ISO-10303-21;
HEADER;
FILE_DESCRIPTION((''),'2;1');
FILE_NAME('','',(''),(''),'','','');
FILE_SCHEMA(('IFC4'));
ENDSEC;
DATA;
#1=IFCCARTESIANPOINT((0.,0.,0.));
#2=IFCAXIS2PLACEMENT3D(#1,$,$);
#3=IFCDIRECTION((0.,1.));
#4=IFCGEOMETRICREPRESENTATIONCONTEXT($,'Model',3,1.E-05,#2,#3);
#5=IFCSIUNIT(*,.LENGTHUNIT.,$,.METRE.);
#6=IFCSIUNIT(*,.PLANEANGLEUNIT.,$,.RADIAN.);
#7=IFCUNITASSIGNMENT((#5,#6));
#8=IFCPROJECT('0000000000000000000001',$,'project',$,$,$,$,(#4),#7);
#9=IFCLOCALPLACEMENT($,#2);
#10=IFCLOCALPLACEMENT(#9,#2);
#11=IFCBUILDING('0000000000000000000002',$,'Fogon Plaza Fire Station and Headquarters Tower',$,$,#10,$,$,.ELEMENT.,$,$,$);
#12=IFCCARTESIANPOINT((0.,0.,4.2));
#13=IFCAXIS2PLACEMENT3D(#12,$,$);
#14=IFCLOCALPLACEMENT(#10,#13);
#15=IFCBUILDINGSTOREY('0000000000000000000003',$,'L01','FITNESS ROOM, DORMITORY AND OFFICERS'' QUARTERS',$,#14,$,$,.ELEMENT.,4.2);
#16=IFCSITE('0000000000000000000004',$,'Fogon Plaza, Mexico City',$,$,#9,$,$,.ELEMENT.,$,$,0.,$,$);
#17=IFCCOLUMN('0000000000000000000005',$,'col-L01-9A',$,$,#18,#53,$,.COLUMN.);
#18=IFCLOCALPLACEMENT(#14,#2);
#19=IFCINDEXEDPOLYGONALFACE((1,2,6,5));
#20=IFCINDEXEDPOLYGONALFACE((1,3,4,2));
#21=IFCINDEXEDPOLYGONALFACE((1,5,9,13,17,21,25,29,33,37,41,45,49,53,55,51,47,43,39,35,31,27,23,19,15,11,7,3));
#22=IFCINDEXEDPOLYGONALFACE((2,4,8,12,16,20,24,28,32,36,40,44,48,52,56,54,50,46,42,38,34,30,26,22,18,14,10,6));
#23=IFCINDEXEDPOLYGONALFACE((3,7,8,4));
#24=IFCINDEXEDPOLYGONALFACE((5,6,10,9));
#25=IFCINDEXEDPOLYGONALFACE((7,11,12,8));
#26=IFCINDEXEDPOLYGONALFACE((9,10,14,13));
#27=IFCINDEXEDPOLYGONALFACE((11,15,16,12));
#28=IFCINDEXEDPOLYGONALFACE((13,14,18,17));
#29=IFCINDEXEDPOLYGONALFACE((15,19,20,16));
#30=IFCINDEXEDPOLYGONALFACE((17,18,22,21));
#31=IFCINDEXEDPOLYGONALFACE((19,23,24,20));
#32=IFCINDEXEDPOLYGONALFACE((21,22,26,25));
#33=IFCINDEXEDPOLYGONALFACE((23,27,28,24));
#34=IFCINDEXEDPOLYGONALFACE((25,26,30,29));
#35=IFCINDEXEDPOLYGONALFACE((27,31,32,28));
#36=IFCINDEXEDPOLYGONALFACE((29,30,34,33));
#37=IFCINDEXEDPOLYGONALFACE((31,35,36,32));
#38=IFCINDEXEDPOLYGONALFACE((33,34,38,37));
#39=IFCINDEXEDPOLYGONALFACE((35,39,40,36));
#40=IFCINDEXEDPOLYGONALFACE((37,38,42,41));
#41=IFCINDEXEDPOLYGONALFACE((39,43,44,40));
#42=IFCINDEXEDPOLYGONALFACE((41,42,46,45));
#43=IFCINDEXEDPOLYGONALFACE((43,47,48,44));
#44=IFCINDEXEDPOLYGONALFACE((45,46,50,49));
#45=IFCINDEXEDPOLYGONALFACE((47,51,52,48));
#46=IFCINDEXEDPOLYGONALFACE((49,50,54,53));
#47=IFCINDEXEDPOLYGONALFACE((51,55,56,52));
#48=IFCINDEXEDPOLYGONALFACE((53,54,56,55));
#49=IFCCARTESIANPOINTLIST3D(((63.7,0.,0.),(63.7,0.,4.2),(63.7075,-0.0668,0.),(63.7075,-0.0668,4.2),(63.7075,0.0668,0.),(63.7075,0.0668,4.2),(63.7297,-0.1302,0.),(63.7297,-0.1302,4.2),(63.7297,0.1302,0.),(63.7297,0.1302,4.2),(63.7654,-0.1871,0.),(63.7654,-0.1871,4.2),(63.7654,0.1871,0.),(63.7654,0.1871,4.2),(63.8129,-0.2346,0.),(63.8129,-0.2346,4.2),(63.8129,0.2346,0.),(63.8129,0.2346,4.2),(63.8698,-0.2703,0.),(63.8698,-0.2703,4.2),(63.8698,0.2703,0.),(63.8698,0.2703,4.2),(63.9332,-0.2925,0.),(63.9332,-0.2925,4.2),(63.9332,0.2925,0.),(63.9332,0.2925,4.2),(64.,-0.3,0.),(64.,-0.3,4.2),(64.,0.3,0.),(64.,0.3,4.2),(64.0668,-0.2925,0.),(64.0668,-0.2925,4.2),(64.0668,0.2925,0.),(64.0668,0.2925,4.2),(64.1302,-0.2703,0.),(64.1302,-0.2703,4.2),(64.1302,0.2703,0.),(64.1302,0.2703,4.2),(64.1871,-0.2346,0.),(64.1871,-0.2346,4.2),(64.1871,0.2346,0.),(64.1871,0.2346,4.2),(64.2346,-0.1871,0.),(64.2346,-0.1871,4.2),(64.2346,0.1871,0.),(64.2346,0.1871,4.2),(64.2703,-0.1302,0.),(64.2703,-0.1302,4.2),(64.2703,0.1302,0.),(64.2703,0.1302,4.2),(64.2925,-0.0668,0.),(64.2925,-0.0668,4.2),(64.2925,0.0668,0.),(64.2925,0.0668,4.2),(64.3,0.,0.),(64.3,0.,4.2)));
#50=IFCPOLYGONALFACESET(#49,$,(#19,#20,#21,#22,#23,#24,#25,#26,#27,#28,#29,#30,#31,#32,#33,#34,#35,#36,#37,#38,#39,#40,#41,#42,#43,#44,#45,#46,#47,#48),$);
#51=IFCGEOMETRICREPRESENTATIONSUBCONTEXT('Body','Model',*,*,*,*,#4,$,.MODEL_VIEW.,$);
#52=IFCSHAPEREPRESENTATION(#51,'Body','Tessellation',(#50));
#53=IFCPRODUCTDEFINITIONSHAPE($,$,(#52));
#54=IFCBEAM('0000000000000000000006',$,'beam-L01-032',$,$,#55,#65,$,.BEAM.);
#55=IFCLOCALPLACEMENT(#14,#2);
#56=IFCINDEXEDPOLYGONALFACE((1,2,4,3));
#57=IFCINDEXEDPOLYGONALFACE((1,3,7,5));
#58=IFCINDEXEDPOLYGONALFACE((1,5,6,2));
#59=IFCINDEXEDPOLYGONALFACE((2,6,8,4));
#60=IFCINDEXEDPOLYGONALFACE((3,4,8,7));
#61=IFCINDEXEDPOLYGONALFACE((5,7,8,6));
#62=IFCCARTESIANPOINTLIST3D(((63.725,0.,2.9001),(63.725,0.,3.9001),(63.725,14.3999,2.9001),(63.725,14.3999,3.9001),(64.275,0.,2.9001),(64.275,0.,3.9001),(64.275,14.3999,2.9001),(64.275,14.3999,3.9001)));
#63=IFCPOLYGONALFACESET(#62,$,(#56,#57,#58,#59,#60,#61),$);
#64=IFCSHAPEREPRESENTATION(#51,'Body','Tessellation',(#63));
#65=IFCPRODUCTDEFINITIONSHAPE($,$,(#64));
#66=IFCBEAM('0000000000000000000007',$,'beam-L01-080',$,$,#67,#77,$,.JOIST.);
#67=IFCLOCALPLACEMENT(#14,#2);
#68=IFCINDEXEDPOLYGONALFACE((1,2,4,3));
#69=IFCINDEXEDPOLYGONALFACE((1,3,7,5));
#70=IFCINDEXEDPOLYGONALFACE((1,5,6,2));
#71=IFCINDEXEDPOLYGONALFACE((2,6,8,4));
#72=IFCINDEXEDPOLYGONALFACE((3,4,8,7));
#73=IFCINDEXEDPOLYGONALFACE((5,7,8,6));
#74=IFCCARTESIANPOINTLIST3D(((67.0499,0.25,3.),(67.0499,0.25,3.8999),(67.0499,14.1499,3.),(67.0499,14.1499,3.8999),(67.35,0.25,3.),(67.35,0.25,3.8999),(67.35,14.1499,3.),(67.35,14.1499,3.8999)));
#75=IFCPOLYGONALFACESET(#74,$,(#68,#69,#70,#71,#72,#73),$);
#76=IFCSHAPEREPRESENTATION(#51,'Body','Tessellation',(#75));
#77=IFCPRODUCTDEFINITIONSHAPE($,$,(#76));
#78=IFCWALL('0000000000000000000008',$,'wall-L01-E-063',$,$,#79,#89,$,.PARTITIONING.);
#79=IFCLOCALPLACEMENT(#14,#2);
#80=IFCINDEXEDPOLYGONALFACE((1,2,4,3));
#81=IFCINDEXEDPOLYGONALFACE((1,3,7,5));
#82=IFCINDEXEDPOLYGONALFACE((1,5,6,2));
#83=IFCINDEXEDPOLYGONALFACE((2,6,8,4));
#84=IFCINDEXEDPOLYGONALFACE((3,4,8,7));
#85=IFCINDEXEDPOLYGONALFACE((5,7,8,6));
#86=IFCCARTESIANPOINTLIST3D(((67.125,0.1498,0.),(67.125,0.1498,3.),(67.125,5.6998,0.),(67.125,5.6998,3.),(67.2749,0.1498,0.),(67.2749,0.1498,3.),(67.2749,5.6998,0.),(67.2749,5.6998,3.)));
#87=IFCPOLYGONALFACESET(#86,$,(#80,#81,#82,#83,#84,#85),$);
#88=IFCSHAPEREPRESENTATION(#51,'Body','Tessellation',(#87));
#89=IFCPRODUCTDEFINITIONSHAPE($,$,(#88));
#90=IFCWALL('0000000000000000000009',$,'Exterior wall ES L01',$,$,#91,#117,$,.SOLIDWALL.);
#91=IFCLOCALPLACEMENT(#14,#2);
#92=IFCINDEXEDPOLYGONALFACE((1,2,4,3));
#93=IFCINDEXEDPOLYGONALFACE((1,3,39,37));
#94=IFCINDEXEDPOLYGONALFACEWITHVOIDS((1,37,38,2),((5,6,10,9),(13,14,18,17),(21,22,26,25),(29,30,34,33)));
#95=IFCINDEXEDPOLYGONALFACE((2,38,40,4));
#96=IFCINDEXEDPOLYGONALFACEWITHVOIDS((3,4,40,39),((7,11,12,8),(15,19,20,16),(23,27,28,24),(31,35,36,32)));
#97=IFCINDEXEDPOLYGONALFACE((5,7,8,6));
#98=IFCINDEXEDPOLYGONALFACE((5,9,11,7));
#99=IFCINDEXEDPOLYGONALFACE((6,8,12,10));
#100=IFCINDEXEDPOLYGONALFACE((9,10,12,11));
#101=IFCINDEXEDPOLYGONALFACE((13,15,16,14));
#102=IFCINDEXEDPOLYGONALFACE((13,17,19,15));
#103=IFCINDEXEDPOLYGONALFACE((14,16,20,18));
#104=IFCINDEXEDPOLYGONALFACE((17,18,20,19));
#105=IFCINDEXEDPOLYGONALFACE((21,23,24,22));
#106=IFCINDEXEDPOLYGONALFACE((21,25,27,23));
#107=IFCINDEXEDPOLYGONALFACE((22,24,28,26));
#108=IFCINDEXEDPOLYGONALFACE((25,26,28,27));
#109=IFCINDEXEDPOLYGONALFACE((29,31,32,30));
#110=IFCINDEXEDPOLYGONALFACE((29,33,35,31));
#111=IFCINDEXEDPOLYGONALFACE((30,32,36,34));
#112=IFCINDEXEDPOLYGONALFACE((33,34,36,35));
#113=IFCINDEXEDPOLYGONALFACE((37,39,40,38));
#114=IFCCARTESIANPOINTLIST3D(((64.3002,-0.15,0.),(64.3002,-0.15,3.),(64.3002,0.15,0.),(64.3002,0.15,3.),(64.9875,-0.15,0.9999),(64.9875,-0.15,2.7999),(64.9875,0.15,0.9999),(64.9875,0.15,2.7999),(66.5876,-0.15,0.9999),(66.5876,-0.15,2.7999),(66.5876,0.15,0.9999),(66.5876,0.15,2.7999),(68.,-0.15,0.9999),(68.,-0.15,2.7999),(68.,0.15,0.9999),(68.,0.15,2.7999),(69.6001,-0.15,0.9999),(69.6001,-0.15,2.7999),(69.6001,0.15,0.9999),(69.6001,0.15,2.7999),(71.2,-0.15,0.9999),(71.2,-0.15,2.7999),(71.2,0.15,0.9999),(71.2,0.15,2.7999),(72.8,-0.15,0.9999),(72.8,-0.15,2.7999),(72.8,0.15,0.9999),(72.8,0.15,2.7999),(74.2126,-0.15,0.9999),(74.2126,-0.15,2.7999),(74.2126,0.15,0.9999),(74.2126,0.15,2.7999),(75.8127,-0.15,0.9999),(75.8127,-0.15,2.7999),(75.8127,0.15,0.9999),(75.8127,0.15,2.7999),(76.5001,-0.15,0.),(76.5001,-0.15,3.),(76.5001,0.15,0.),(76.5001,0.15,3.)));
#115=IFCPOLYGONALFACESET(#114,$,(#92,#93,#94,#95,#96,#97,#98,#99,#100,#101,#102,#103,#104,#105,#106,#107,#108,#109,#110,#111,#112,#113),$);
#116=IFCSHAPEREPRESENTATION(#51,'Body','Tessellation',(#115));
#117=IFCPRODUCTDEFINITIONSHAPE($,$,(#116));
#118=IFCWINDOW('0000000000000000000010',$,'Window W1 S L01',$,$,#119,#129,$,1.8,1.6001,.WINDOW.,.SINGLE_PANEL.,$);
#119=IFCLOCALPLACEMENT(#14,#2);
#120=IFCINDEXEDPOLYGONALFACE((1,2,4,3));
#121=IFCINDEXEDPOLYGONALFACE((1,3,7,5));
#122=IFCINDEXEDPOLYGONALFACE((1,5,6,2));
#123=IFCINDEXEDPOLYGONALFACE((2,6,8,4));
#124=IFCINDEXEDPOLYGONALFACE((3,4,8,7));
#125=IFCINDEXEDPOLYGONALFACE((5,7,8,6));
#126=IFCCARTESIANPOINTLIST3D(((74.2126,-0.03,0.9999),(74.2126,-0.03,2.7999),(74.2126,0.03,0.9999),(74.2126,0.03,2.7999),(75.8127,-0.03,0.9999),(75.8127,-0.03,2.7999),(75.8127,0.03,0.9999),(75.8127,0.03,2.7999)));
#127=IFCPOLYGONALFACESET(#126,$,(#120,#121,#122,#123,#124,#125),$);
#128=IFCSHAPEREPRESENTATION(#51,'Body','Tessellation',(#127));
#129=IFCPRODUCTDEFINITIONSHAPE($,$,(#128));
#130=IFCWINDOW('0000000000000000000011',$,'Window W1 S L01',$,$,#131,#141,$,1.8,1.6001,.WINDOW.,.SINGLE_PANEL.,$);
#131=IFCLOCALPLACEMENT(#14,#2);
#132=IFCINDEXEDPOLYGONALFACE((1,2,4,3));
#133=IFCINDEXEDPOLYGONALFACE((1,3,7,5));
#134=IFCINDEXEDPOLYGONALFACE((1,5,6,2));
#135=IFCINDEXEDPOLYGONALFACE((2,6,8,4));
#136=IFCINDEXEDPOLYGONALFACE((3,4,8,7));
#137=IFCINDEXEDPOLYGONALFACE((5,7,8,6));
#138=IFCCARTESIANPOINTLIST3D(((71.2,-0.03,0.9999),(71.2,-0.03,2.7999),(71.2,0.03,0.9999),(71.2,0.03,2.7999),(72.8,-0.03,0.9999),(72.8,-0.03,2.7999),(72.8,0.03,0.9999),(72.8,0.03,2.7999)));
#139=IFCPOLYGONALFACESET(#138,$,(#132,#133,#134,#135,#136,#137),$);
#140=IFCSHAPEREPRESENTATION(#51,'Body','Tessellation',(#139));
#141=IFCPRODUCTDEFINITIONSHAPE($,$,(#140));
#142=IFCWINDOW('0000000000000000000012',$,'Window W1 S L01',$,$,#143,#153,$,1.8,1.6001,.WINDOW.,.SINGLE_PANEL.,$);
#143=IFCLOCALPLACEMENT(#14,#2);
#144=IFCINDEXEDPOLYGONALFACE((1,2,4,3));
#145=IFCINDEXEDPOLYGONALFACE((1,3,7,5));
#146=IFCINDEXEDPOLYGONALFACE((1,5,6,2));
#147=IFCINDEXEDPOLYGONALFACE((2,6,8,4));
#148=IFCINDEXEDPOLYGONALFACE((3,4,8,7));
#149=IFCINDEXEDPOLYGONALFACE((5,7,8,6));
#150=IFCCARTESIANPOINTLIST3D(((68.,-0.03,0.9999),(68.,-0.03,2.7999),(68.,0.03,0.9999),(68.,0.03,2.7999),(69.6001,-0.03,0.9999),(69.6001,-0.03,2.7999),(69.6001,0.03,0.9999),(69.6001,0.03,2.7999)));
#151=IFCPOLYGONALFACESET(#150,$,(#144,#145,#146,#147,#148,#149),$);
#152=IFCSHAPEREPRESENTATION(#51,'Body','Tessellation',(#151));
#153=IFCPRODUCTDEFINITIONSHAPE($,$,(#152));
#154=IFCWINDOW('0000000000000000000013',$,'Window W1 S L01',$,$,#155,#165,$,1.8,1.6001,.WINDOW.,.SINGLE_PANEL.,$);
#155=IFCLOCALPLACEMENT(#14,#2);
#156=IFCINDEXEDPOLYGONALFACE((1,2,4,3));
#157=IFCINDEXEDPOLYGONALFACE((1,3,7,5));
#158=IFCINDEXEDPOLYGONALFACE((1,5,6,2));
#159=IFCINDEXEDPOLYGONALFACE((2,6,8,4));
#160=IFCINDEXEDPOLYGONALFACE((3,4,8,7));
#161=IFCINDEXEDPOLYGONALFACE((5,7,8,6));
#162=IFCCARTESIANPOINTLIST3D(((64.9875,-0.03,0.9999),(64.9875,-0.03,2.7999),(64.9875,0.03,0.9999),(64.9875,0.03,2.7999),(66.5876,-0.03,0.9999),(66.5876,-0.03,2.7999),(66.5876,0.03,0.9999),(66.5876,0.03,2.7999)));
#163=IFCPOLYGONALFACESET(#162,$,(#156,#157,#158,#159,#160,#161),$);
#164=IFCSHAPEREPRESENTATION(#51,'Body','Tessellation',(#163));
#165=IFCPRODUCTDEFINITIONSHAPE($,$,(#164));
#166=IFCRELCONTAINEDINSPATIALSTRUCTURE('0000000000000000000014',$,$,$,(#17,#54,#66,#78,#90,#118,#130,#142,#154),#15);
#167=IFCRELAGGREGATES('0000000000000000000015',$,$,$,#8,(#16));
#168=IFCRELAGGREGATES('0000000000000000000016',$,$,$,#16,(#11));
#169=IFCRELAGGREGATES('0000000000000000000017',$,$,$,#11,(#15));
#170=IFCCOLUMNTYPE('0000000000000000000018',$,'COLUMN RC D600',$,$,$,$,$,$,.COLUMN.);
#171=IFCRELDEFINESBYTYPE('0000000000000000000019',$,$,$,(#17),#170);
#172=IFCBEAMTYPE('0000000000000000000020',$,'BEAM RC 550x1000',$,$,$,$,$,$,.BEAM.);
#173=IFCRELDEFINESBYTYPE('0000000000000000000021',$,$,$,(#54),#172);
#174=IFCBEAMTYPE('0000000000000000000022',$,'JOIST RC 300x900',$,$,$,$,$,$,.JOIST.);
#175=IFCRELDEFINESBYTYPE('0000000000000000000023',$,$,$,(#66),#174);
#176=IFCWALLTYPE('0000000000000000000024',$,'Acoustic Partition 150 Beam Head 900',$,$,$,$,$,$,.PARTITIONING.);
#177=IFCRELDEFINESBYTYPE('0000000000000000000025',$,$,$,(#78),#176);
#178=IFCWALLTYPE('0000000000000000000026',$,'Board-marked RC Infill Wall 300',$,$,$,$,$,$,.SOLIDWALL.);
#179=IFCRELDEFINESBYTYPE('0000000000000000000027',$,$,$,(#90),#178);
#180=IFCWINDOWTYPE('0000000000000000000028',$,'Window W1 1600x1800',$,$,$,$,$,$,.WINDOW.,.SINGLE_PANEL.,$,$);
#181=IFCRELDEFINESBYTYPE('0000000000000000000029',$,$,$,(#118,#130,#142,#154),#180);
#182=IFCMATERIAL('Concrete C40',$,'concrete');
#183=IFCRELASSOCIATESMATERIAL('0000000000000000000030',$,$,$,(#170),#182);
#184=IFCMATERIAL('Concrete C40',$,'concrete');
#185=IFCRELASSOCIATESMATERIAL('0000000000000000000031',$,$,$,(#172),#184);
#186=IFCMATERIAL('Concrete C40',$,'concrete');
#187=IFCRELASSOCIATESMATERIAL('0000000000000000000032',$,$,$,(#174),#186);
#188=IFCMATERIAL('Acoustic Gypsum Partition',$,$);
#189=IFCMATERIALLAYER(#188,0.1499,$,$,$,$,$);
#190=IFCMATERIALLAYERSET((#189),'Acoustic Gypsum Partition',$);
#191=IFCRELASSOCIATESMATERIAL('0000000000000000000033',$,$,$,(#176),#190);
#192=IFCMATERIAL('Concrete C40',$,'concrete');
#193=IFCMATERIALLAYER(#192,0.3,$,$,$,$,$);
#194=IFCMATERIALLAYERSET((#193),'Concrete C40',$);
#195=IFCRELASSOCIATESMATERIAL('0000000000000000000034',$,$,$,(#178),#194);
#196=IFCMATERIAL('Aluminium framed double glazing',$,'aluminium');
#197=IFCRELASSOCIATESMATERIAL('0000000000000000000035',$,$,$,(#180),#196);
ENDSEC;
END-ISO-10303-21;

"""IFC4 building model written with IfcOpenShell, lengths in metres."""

from ifc_helpers import new_model, si_unit, direction, frame, frame_2d, origin, origin_2d, place, context, subcontext, project, spatial, rectangle, circle, extrude, material, layer, layer_set, material_profile, profile_set, type_object, element, fill, save


model = new_model("IFC4")

# Units and contexts
model_context = context("Model", 3, precision=1e-05, world=origin(), true_north=direction((0.0, 1.0)))
body_context = subcontext(model_context, "Body", "Model", "MODEL_VIEW")
ifc_project = project(units=[si_unit("LENGTHUNIT", "METRE"), si_unit("PLANEANGLEUNIT", "RADIAN")], contexts=[model_context])

# Site, building, storey
site_placement = place(None, origin())
site = spatial("IfcSite", under=ifc_project, at=site_placement, Name="Fogon Plaza, Mexico City", CompositionType="ELEMENT", RefElevation=0.0)
building_placement = place(site_placement, origin())
building = spatial("IfcBuilding", under=site, at=building_placement, Name="Fogon Plaza Fire Station and Headquarters Tower", CompositionType="ELEMENT")
storey_placement = place(building_placement, frame((0.0, 0.0, 4.2)))
storey = spatial("IfcBuildingStorey", under=building, at=storey_placement, Name="L01", Description="FITNESS ROOM, DORMITORY AND OFFICERS' QUARTERS", CompositionType="ELEMENT", Elevation=4.2)

# Column
ifc_material_1 = material(Name="Concrete C40", Category="concrete")
ifc_material_profile_1 = material_profile(ifc_material_1, circle(Radius=0.3, at=origin_2d()), Name="RC D600")
ifc_profile_set_1 = profile_set([ifc_material_profile_1], Name="Concrete C40")
column_type = type_object("IfcColumnType", Name="COLUMN RC D600", PredefinedType="COLUMN", material=ifc_profile_set_1)
column_placement = place(storey_placement, frame((64.0, 0.0, 0.0), z_axis=(0.0, 0.0, 1.0), x_axis=(1.0, 0.0, 0.0)))
element("IfcColumn", 1, at=column_placement, inside=storey, type_object=column_type, Name="col-L01-9A", PredefinedType="COLUMN", context=body_context, shape_type="SweptSolid", body=[
    extrude(circle(Radius=0.3, at=origin_2d()), origin(), (0.0, 0.0, 1.0), 4.2),
])

# Beams
ifc_material_2 = material(Name="Concrete C40", Category="concrete")
ifc_material_profile_2 = material_profile(ifc_material_2, rectangle(XDim=0.55, YDim=1.0, at=origin_2d()), Name="RC 550x1000")
ifc_profile_set_2 = profile_set([ifc_material_profile_2], Name="Concrete C40")
beam_type_1 = type_object("IfcBeamType", Name="BEAM RC 550x1000", PredefinedType="BEAM", material=ifc_profile_set_2)
beam_1_placement = place(storey_placement, frame((64.0, 0.0, 3.4001), z_axis=(0.0, 1.0, 0.0), x_axis=(-1.0, 0.0, 0.0)))
element("IfcBeam", 2, at=beam_1_placement, inside=storey, type_object=beam_type_1, Name="beam-L01-032", PredefinedType="BEAM", context=body_context, shape_type="SweptSolid", body=[
    extrude(rectangle(XDim=0.55, YDim=1.0, at=origin_2d()), origin(), (0.0, 0.0, 1.0), 14.3999),
])
ifc_material_3 = material(Name="Concrete C40", Category="concrete")
ifc_material_profile_3 = material_profile(ifc_material_3, rectangle(XDim=0.3, YDim=0.8999, at=origin_2d()), Name="RC 300x900")
ifc_profile_set_3 = profile_set([ifc_material_profile_3], Name="Concrete C40")
beam_type_2 = type_object("IfcBeamType", Name="JOIST RC 300x900", PredefinedType="JOIST", material=ifc_profile_set_3)
beam_2_placement = place(storey_placement, frame((67.2, 0.25, 3.45), z_axis=(0.0, 1.0, 0.0), x_axis=(-1.0, 0.0, 0.0)))
element("IfcBeam", 3, at=beam_2_placement, inside=storey, type_object=beam_type_2, Name="beam-L01-080", PredefinedType="JOIST", context=body_context, shape_type="SweptSolid", body=[
    extrude(rectangle(XDim=0.3, YDim=0.8999, at=origin_2d()), origin(), (0.0, 0.0, 1.0), 13.8999),
])

# Wall
ifc_material_4 = material(Name="Acoustic Gypsum Partition")
ifc_layer_1 = layer(ifc_material_4, 0.1499)
ifc_layer_set_1 = layer_set([ifc_layer_1], Name="Acoustic Gypsum Partition")
wall_type_1 = type_object("IfcWallType", Name="Acoustic Partition 150 Beam Head 900", PredefinedType="PARTITIONING", material=ifc_layer_set_1)
wall_1_placement = place(storey_placement, frame((67.2, 0.1499, 0.0), z_axis=(0.0, 0.0, 1.0), x_axis=(0.0, 1.0, 0.0)))
element("IfcWall", 4, at=wall_1_placement, inside=storey, type_object=wall_type_1, Name="wall-L01-E-063", PredefinedType="PARTITIONING", context=body_context, shape_type="SweptSolid", body=[
    extrude(rectangle(XDim=5.55, YDim=0.1499, at=frame_2d((2.7749, 0.0))), origin(), (0.0, 0.0, 1.0), 3.0),
])

# Wall, openings, windows
ifc_material_5 = material(Name="Concrete C40", Category="concrete")
ifc_layer_2 = layer(ifc_material_5, 0.3)
ifc_layer_set_2 = layer_set([ifc_layer_2], Name="Concrete C40")
wall_type_2 = type_object("IfcWallType", Name="Board-marked RC Infill Wall 300", PredefinedType="SOLIDWALL", material=ifc_layer_set_2)
wall_2_placement = place(storey_placement, frame((64.3, 0.0, 0.0), z_axis=(0.0, 0.0, 1.0), x_axis=(1.0, 0.0, 0.0)))
wall_2 = element("IfcWall", 5, at=wall_2_placement, inside=storey, type_object=wall_type_2, Name="Exterior wall ES L01", PredefinedType="SOLIDWALL", context=body_context, shape_type="SweptSolid", body=[
    extrude(rectangle(XDim=12.2, YDim=0.3, at=frame_2d((6.1001, 0.0))), origin(), (0.0, 0.0, 1.0), 3.0),
])
opening_1_placement = place(wall_2_placement, frame((9.9126, 0.0, 1.0)))
opening_1 = element("IfcOpeningElement", 6, at=opening_1_placement, cuts=wall_2, PredefinedType="OPENING", context=body_context, shape_type="SweptSolid", body=[
    extrude(rectangle(XDim=1.6001, YDim=1.8, at=frame_2d((0.8, 0.8999))), frame((0.0, 0.1599, 0.0), z_axis=(0.0, -1.0, 0.0), x_axis=(1.0, 0.0, 0.0)), (0.0, 0.0, 1.0), 0.3201),
])
opening_2_placement = place(wall_2_placement, frame((6.8999, 0.0, 1.0)))
opening_2 = element("IfcOpeningElement", 7, at=opening_2_placement, cuts=wall_2, PredefinedType="OPENING", context=body_context, shape_type="SweptSolid", body=[
    extrude(rectangle(XDim=1.6001, YDim=1.8, at=frame_2d((0.8, 0.8999))), frame((0.0, 0.1599, 0.0), z_axis=(0.0, -1.0, 0.0), x_axis=(1.0, 0.0, 0.0)), (0.0, 0.0, 1.0), 0.3201),
])
opening_3_placement = place(wall_2_placement, frame((3.7, 0.0, 1.0)))
opening_3 = element("IfcOpeningElement", 8, at=opening_3_placement, cuts=wall_2, PredefinedType="OPENING", context=body_context, shape_type="SweptSolid", body=[
    extrude(rectangle(XDim=1.6001, YDim=1.8, at=frame_2d((0.8, 0.8999))), frame((0.0, 0.1599, 0.0), z_axis=(0.0, -1.0, 0.0), x_axis=(1.0, 0.0, 0.0)), (0.0, 0.0, 1.0), 0.3201),
])
opening_4_placement = place(wall_2_placement, frame((0.6875, 0.0, 1.0)))
opening_4 = element("IfcOpeningElement", 9, at=opening_4_placement, cuts=wall_2, PredefinedType="OPENING", context=body_context, shape_type="SweptSolid", body=[
    extrude(rectangle(XDim=1.6001, YDim=1.8, at=frame_2d((0.8, 0.8999))), frame((0.0, 0.1599, 0.0), z_axis=(0.0, -1.0, 0.0), x_axis=(1.0, 0.0, 0.0)), (0.0, 0.0, 1.0), 0.3201),
])
ifc_material_6 = material(Name="Aluminium framed double glazing", Category="aluminium")
window_type_1 = type_object("IfcWindowType", Name="Window W1 1600x1800", PartitioningType="SINGLE_PANEL", PredefinedType="WINDOW", material=ifc_material_6)
window_1_placement = place(opening_1_placement, origin())
window_1 = element("IfcWindow", 10, at=window_1_placement, inside=storey, type_object=window_type_1, Name="Window W1 S L01", OverallHeight=1.8, OverallWidth=1.6001, PartitioningType="SINGLE_PANEL", PredefinedType="WINDOW", context=body_context, shape_type="SweptSolid", body=[
    extrude(rectangle(XDim=1.6001, YDim=1.8, at=frame_2d((0.8, 0.8999))), frame((0.0, 0.03, 0.0), z_axis=(0.0, -1.0, 0.0), x_axis=(1.0, 0.0, 0.0)), (0.0, 0.0, 1.0), 0.0601),
])
fill(opening_1, window_1)
window_2_placement = place(opening_2_placement, origin())
window_2 = element("IfcWindow", 11, at=window_2_placement, inside=storey, type_object=window_type_1, Name="Window W1 S L01", OverallHeight=1.8, OverallWidth=1.6001, PartitioningType="SINGLE_PANEL", PredefinedType="WINDOW", context=body_context, shape_type="SweptSolid", body=[
    extrude(rectangle(XDim=1.6001, YDim=1.8, at=frame_2d((0.8, 0.8999))), frame((0.0, 0.03, 0.0), z_axis=(0.0, -1.0, 0.0), x_axis=(1.0, 0.0, 0.0)), (0.0, 0.0, 1.0), 0.0601),
])
fill(opening_2, window_2)
window_3_placement = place(opening_3_placement, origin())
window_3 = element("IfcWindow", 12, at=window_3_placement, inside=storey, type_object=window_type_1, Name="Window W1 S L01", OverallHeight=1.8, OverallWidth=1.6001, PartitioningType="SINGLE_PANEL", PredefinedType="WINDOW", context=body_context, shape_type="SweptSolid", body=[
    extrude(rectangle(XDim=1.6001, YDim=1.8, at=frame_2d((0.8, 0.8999))), frame((0.0, 0.03, 0.0), z_axis=(0.0, -1.0, 0.0), x_axis=(1.0, 0.0, 0.0)), (0.0, 0.0, 1.0), 0.0601),
])
fill(opening_3, window_3)
window_4_placement = place(opening_4_placement, origin())
window_4 = element("IfcWindow", 13, at=window_4_placement, inside=storey, type_object=window_type_1, Name="Window W1 S L01", OverallHeight=1.8, OverallWidth=1.6001, PartitioningType="SINGLE_PANEL", PredefinedType="WINDOW", context=body_context, shape_type="SweptSolid", body=[
    extrude(rectangle(XDim=1.6001, YDim=1.8, at=frame_2d((0.8, 0.8999))), frame((0.0, 0.03, 0.0), z_axis=(0.0, -1.0, 0.0), x_axis=(1.0, 0.0, 0.0)), (0.0, 0.0, 1.0), 0.0601),
])
fill(opening_4, window_4)

save(model, "model.ifc")
